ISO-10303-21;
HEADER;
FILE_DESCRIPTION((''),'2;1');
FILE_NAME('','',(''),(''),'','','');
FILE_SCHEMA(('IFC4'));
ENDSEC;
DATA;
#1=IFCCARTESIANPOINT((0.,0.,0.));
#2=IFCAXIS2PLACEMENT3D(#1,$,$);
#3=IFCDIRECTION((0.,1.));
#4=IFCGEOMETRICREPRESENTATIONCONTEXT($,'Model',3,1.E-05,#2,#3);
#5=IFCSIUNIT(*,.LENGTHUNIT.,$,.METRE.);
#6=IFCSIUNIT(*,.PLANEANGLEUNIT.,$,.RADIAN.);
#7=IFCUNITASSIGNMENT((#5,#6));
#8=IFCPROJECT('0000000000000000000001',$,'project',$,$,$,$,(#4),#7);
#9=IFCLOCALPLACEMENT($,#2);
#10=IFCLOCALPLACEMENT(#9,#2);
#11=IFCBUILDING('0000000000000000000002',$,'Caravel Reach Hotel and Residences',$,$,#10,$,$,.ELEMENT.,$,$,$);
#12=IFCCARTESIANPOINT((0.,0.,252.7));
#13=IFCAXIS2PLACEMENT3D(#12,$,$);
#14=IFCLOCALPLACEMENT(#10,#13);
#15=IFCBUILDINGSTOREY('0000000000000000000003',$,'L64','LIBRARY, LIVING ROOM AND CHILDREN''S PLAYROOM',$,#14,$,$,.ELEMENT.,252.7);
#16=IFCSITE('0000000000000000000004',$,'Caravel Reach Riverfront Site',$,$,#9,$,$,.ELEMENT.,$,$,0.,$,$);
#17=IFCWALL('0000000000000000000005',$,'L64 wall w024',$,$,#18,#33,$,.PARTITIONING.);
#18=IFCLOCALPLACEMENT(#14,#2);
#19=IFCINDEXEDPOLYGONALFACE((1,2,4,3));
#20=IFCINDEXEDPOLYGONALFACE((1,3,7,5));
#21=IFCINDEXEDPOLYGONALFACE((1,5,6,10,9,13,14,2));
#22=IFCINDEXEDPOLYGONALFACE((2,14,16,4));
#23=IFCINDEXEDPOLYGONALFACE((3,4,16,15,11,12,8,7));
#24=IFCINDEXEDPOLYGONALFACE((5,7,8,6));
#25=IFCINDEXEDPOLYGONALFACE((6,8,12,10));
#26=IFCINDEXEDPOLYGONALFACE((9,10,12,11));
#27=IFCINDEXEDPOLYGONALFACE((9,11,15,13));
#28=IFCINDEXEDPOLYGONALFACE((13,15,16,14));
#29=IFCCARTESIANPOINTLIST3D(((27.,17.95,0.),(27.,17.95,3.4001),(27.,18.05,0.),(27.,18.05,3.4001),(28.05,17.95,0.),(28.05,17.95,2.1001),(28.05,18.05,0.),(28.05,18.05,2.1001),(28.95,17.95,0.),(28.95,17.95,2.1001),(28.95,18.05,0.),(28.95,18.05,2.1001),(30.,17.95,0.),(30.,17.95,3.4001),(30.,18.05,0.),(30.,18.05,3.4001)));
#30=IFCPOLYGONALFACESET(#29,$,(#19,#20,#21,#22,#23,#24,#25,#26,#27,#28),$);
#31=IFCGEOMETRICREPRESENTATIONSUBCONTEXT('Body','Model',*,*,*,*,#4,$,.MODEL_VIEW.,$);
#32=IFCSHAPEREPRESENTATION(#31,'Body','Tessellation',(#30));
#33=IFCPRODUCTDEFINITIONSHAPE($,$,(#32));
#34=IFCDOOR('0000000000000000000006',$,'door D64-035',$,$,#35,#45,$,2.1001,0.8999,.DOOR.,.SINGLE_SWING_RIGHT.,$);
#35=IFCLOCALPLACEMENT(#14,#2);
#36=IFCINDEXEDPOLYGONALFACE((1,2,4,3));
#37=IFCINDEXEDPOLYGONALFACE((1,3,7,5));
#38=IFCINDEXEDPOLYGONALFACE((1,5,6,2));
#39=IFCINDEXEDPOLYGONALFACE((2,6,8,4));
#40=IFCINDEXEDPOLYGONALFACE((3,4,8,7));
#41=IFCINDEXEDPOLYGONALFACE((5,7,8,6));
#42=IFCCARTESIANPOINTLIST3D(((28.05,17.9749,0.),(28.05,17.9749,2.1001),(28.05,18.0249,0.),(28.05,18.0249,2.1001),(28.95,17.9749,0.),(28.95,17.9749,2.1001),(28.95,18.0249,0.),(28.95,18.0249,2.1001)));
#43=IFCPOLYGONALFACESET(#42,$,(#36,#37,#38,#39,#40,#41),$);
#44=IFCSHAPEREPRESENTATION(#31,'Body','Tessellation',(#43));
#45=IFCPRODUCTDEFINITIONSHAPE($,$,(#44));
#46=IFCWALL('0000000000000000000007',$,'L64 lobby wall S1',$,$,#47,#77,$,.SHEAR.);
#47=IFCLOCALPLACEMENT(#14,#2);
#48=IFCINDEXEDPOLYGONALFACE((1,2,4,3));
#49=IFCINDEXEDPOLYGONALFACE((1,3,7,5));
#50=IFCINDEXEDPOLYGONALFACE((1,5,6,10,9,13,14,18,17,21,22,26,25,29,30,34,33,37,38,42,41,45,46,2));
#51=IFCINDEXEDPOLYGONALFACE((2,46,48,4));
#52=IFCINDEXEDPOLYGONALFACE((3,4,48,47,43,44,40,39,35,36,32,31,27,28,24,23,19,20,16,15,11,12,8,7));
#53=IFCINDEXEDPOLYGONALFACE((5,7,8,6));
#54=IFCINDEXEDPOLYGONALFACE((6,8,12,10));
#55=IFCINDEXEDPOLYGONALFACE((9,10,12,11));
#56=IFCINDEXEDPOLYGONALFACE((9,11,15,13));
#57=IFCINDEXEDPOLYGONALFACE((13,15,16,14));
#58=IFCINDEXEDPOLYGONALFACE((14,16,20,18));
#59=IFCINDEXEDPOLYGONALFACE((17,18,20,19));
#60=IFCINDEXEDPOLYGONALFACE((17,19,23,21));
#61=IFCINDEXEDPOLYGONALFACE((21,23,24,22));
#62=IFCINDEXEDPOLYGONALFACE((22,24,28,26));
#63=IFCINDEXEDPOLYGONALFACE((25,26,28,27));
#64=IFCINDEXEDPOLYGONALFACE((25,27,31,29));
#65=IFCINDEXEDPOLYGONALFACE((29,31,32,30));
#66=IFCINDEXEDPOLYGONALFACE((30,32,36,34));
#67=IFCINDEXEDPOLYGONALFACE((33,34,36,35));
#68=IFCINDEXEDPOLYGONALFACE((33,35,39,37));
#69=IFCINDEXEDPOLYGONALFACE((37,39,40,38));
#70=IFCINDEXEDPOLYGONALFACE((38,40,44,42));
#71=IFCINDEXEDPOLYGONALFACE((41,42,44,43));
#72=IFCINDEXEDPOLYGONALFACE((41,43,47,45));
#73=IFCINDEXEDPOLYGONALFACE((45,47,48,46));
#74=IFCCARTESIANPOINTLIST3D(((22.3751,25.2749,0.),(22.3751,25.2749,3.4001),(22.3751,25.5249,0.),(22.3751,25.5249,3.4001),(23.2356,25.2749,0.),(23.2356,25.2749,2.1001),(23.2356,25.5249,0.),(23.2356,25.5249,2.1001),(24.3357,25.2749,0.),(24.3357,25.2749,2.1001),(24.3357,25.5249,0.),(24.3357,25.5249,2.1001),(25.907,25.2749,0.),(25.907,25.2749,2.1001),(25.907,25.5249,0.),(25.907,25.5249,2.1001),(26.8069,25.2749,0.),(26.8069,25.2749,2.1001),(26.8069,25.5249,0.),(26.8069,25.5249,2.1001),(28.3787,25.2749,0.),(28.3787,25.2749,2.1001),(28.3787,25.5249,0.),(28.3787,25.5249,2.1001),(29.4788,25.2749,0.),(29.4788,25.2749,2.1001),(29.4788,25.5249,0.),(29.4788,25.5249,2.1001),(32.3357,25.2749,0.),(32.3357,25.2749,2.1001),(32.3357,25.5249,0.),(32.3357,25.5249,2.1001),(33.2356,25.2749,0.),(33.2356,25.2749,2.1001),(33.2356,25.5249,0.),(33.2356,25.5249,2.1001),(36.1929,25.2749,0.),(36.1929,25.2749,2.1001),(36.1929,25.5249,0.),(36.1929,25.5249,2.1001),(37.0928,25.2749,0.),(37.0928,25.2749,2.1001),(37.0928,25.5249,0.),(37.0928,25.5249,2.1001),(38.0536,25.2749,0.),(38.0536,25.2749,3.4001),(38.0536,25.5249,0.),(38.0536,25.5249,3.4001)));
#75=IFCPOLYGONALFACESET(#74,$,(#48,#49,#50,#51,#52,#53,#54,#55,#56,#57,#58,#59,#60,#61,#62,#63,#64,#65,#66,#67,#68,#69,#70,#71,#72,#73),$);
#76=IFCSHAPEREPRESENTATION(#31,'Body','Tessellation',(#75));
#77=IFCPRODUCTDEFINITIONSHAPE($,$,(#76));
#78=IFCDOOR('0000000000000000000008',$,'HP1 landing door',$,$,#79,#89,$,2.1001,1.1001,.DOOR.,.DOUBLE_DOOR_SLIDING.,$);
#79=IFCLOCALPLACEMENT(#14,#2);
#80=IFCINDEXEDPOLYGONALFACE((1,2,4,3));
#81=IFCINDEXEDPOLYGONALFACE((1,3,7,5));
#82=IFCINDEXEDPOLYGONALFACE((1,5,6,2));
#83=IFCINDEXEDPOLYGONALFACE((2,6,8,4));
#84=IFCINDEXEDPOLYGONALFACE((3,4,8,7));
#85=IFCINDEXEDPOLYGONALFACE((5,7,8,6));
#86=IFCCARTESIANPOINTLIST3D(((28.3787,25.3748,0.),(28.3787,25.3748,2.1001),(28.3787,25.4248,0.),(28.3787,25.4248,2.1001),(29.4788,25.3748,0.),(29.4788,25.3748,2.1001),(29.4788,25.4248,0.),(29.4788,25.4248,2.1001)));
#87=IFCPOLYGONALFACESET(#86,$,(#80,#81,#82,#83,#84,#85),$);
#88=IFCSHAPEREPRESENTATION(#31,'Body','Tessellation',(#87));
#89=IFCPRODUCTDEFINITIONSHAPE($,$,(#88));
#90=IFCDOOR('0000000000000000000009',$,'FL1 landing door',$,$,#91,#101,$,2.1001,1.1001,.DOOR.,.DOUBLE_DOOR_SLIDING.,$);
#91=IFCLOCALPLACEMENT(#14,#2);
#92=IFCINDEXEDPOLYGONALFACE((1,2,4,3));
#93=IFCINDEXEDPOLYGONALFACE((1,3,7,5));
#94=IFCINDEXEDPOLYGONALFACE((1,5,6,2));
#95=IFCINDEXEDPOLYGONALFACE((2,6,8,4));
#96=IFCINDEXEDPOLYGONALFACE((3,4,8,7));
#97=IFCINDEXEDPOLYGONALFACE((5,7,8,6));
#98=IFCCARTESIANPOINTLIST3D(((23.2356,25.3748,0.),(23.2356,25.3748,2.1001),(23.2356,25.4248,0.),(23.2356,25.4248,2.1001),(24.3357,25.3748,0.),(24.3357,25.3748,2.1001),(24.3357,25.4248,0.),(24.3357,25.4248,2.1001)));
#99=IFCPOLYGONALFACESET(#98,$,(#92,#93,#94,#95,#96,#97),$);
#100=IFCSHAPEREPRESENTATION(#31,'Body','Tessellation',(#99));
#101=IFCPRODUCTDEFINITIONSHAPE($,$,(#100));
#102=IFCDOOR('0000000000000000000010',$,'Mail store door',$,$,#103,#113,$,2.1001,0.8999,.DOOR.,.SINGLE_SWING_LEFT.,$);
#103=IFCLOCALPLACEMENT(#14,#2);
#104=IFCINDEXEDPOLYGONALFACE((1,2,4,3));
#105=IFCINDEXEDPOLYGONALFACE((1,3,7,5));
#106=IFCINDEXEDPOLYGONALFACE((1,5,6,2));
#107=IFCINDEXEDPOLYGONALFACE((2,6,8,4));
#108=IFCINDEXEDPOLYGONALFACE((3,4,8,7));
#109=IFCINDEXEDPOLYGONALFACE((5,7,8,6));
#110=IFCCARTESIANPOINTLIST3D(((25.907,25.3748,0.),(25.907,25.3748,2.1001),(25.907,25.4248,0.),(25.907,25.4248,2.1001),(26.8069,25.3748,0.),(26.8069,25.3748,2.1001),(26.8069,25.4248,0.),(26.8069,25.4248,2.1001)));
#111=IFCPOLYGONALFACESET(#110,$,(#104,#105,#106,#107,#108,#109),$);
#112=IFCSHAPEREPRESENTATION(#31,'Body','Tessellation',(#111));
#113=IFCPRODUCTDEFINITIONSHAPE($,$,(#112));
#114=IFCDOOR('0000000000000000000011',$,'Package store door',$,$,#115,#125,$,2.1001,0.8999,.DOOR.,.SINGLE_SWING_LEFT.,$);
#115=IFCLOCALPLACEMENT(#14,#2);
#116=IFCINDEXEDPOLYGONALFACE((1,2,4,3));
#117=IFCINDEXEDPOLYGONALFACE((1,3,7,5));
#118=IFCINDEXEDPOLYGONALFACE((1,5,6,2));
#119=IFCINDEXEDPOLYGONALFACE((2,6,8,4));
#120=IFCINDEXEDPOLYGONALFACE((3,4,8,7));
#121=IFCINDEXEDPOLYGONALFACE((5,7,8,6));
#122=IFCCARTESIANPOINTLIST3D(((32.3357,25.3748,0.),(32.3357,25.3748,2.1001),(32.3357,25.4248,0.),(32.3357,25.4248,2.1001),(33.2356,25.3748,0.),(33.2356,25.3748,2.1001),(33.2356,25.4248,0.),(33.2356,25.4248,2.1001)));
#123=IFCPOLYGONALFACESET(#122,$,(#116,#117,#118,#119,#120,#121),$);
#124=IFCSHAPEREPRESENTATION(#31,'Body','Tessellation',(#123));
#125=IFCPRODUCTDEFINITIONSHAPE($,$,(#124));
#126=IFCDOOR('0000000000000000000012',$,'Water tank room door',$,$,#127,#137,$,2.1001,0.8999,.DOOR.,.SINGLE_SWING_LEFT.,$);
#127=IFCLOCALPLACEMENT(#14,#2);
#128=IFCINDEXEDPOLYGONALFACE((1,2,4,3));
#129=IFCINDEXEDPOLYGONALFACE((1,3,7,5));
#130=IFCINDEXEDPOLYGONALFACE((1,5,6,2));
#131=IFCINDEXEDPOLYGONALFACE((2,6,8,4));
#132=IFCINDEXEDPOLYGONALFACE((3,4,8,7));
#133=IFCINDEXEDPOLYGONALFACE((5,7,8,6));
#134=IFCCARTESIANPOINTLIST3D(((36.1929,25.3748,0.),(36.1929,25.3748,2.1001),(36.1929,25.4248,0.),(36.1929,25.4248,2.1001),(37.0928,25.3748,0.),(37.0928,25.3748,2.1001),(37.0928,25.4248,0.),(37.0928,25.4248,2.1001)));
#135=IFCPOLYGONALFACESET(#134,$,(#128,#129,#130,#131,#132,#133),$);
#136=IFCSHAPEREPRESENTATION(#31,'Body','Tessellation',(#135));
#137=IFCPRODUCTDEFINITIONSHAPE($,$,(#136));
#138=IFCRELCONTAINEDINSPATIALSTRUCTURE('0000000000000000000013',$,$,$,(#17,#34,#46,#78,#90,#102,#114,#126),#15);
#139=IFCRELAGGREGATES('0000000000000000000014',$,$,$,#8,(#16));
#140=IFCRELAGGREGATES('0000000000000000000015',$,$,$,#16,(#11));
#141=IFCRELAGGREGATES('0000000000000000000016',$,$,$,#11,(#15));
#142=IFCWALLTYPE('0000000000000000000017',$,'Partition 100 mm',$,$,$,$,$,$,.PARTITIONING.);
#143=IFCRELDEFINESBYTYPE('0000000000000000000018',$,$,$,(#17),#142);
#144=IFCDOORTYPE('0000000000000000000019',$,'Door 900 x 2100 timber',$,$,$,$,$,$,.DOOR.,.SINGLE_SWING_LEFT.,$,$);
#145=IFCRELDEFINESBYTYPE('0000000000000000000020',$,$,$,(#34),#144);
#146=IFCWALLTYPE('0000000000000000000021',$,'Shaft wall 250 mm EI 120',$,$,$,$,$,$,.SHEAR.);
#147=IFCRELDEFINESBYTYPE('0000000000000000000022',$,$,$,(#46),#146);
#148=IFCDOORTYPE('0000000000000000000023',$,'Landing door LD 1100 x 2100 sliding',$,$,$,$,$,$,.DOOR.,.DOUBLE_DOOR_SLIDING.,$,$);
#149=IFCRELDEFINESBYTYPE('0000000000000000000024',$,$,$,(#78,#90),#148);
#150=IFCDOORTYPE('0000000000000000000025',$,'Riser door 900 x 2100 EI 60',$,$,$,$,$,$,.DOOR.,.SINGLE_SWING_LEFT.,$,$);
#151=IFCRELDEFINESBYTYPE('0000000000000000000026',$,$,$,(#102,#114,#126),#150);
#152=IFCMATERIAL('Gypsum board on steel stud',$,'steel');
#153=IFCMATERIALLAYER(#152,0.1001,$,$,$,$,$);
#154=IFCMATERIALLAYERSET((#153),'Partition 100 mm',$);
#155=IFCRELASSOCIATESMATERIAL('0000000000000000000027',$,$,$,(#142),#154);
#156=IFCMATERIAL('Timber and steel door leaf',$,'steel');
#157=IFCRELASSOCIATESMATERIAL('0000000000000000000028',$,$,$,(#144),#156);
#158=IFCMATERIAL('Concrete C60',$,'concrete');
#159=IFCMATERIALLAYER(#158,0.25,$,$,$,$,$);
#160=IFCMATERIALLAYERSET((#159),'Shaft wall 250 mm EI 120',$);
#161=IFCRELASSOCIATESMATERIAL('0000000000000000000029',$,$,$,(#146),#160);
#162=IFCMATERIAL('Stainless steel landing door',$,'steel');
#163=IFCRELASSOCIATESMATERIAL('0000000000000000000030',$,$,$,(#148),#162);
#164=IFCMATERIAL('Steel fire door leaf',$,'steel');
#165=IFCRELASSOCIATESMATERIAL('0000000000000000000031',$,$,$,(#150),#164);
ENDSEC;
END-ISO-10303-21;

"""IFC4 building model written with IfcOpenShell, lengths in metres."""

from ifc_helpers import new_model, si_unit, direction, frame, frame_2d, origin, place, context, subcontext, project, spatial, rectangle, extrude, material, layer, layer_set, type_object, element, fill, save


model = new_model("IFC4")

# Units and contexts
model_context = context("Model", 3, precision=1e-05, world=origin(), true_north=direction((0.0, 1.0)))
body_context = subcontext(model_context, "Body", "Model", "MODEL_VIEW")
ifc_project = project(units=[si_unit("LENGTHUNIT", "METRE"), si_unit("PLANEANGLEUNIT", "RADIAN")], contexts=[model_context])

# Site, building, storey
site_placement = place(None, origin())
site = spatial("IfcSite", under=ifc_project, at=site_placement, Name="Caravel Reach Riverfront Site", CompositionType="ELEMENT", RefElevation=0.0)
building_placement = place(site_placement, origin())
building = spatial("IfcBuilding", under=site, at=building_placement, Name="Caravel Reach Hotel and Residences", CompositionType="ELEMENT")
storey_placement = place(building_placement, frame((0.0, 0.0, 252.7)))
storey = spatial("IfcBuildingStorey", under=building, at=storey_placement, Name="L64", Description="LIBRARY, LIVING ROOM AND CHILDREN'S PLAYROOM", CompositionType="ELEMENT", Elevation=252.7)

# Wall, opening, door
ifc_material_1 = material(Name="Gypsum board on steel stud", Category="steel")
ifc_layer_1 = layer(ifc_material_1, 0.1001)
ifc_layer_set_1 = layer_set([ifc_layer_1], Name="Partition 100 mm")
wall_type_1 = type_object("IfcWallType", Name="Partition 100 mm", PredefinedType="PARTITIONING", material=ifc_layer_set_1)
wall_1_placement = place(storey_placement, frame((27.0, 18.0, 0.0), z_axis=(0.0, 0.0, 1.0), x_axis=(1.0, 0.0, 0.0)))
wall_1 = element("IfcWall", 1, at=wall_1_placement, inside=storey, type_object=wall_type_1, Name="L64 wall w024", PredefinedType="PARTITIONING", context=body_context, shape_type="SweptSolid", body=[
    extrude(rectangle(XDim=3.0, YDim=0.1001, at=frame_2d((1.5, 0.0))), origin(), (0.0, 0.0, 1.0), 3.4001),
])
opening_1_placement = place(wall_1_placement, frame((1.05, 0.0, 0.0)))
opening_1 = element("IfcOpeningElement", 2, at=opening_1_placement, cuts=wall_1, PredefinedType="OPENING", context=body_context, shape_type="SweptSolid", body=[
    extrude(rectangle(XDim=0.8999, YDim=2.1001, at=frame_2d((0.45, 1.05))), frame((0.0, 0.0601, 0.0), z_axis=(0.0, -1.0, 0.0), x_axis=(1.0, 0.0, 0.0)), (0.0, 0.0, 1.0), 0.1201),
])
ifc_material_2 = material(Name="Timber and steel door leaf", Category="steel")
door_type_1 = type_object("IfcDoorType", Name="Door 900 x 2100 timber", OperationType="SINGLE_SWING_LEFT", PredefinedType="DOOR", material=ifc_material_2)
door_1_placement = place(opening_1_placement, origin())
door_1 = element("IfcDoor", 3, at=door_1_placement, inside=storey, type_object=door_type_1, Name="door D64-035", OperationType="SINGLE_SWING_RIGHT", OverallHeight=2.1001, OverallWidth=0.8999, PredefinedType="DOOR", context=body_context, shape_type="SweptSolid", body=[
    extrude(rectangle(XDim=0.8999, YDim=2.1001, at=frame_2d((0.45, 1.05))), frame((0.0, 0.0249, 0.0), z_axis=(0.0, -1.0, 0.0), x_axis=(1.0, 0.0, 0.0)), (0.0, 0.0, 1.0), 0.05),
])
fill(opening_1, door_1)

# Wall, openings, doors
ifc_material_3 = material(Name="Concrete C60", Category="concrete")
ifc_layer_2 = layer(ifc_material_3, 0.25)
ifc_layer_set_2 = layer_set([ifc_layer_2], Name="Shaft wall 250 mm EI 120")
wall_type_2 = type_object("IfcWallType", Name="Shaft wall 250 mm EI 120", PredefinedType="SHEAR", material=ifc_layer_set_2)
wall_2_placement = place(storey_placement, frame((22.375, 25.3999, 0.0), z_axis=(0.0, 0.0, 1.0), x_axis=(1.0, 0.0, 0.0)))
wall_2 = element("IfcWall", 4, at=wall_2_placement, inside=storey, type_object=wall_type_2, Name="L64 lobby wall S1", PredefinedType="SHEAR", context=body_context, shape_type="SweptSolid", body=[
    extrude(rectangle(XDim=15.6785, YDim=0.25, at=frame_2d((7.8394, 0.0))), origin(), (0.0, 0.0, 1.0), 3.4001),
])
opening_2_placement = place(wall_2_placement, frame((6.0037, 0.0, 0.0)))
opening_2 = element("IfcOpeningElement", 5, at=opening_2_placement, cuts=wall_2, PredefinedType="OPENING", context=body_context, shape_type="SweptSolid", body=[
    extrude(rectangle(XDim=1.1001, YDim=2.1001, at=frame_2d((0.55, 1.05))), frame((0.0, 0.135, 0.0), z_axis=(0.0, -1.0, 0.0), x_axis=(1.0, 0.0, 0.0)), (0.0, 0.0, 1.0), 0.27),
])
opening_3_placement = place(wall_2_placement, frame((0.8606, 0.0, 0.0)))
opening_3 = element("IfcOpeningElement", 6, at=opening_3_placement, cuts=wall_2, PredefinedType="OPENING", context=body_context, shape_type="SweptSolid", body=[
    extrude(rectangle(XDim=1.1001, YDim=2.1001, at=frame_2d((0.55, 1.05))), frame((0.0, 0.135, 0.0), z_axis=(0.0, -1.0, 0.0), x_axis=(1.0, 0.0, 0.0)), (0.0, 0.0, 1.0), 0.27),
])
opening_4_placement = place(wall_2_placement, frame((3.532, 0.0, 0.0)))
opening_4 = element("IfcOpeningElement", 7, at=opening_4_placement, cuts=wall_2, PredefinedType="OPENING", context=body_context, shape_type="SweptSolid", body=[
    extrude(rectangle(XDim=0.8999, YDim=2.1001, at=frame_2d((0.45, 1.05))), frame((0.0, 0.135, 0.0), z_axis=(0.0, -1.0, 0.0), x_axis=(1.0, 0.0, 0.0)), (0.0, 0.0, 1.0), 0.27),
])
opening_5_placement = place(wall_2_placement, frame((9.9607, 0.0, 0.0)))
opening_5 = element("IfcOpeningElement", 8, at=opening_5_placement, cuts=wall_2, PredefinedType="OPENING", context=body_context, shape_type="SweptSolid", body=[
    extrude(rectangle(XDim=0.8999, YDim=2.1001, at=frame_2d((0.45, 1.05))), frame((0.0, 0.135, 0.0), z_axis=(0.0, -1.0, 0.0), x_axis=(1.0, 0.0, 0.0)), (0.0, 0.0, 1.0), 0.27),
])
opening_6_placement = place(wall_2_placement, frame((13.8179, 0.0, 0.0)))
opening_6 = element("IfcOpeningElement", 9, at=opening_6_placement, cuts=wall_2, PredefinedType="OPENING", context=body_context, shape_type="SweptSolid", body=[
    extrude(rectangle(XDim=0.8999, YDim=2.1001, at=frame_2d((0.45, 1.05))), frame((0.0, 0.135, 0.0), z_axis=(0.0, -1.0, 0.0), x_axis=(1.0, 0.0, 0.0)), (0.0, 0.0, 1.0), 0.27),
])
ifc_material_4 = material(Name="Stainless steel landing door", Category="steel")
door_type_2 = type_object("IfcDoorType", Name="Landing door LD 1100 x 2100 sliding", OperationType="DOUBLE_DOOR_SLIDING", PredefinedType="DOOR", material=ifc_material_4)
door_2_placement = place(opening_2_placement, origin())
door_2 = element("IfcDoor", 10, at=door_2_placement, inside=storey, type_object=door_type_2, Name="HP1 landing door", OperationType="DOUBLE_DOOR_SLIDING", OverallHeight=2.1001, OverallWidth=1.1001, PredefinedType="DOOR", context=body_context, shape_type="SweptSolid", body=[
    extrude(rectangle(XDim=1.1001, YDim=2.1001, at=frame_2d((0.55, 1.05))), frame((0.0, 0.0249, 0.0), z_axis=(0.0, -1.0, 0.0), x_axis=(1.0, 0.0, 0.0)), (0.0, 0.0, 1.0), 0.05),
])
fill(opening_2, door_2)
door_3_placement = place(opening_3_placement, origin())
door_3 = element("IfcDoor", 11, at=door_3_placement, inside=storey, type_object=door_type_2, Name="FL1 landing door", OperationType="DOUBLE_DOOR_SLIDING", OverallHeight=2.1001, OverallWidth=1.1001, PredefinedType="DOOR", context=body_context, shape_type="SweptSolid", body=[
    extrude(rectangle(XDim=1.1001, YDim=2.1001, at=frame_2d((0.55, 1.05))), frame((0.0, 0.0249, 0.0), z_axis=(0.0, -1.0, 0.0), x_axis=(1.0, 0.0, 0.0)), (0.0, 0.0, 1.0), 0.05),
])
fill(opening_3, door_3)
ifc_material_5 = material(Name="Steel fire door leaf", Category="steel")
door_type_3 = type_object("IfcDoorType", Name="Riser door 900 x 2100 EI 60", OperationType="SINGLE_SWING_LEFT", PredefinedType="DOOR", material=ifc_material_5)
door_4_placement = place(opening_4_placement, origin())
door_4 = element("IfcDoor", 12, at=door_4_placement, inside=storey, type_object=door_type_3, Name="Mail store door", OperationType="SINGLE_SWING_LEFT", OverallHeight=2.1001, OverallWidth=0.8999, PredefinedType="DOOR", context=body_context, shape_type="SweptSolid", body=[
    extrude(rectangle(XDim=0.8999, YDim=2.1001, at=frame_2d((0.45, 1.05))), frame((0.0, 0.0249, 0.0), z_axis=(0.0, -1.0, 0.0), x_axis=(1.0, 0.0, 0.0)), (0.0, 0.0, 1.0), 0.05),
])
fill(opening_4, door_4)
door_5_placement = place(opening_5_placement, origin())
door_5 = element("IfcDoor", 13, at=door_5_placement, inside=storey, type_object=door_type_3, Name="Package store door", OperationType="SINGLE_SWING_LEFT", OverallHeight=2.1001, OverallWidth=0.8999, PredefinedType="DOOR", context=body_context, shape_type="SweptSolid", body=[
    extrude(rectangle(XDim=0.8999, YDim=2.1001, at=frame_2d((0.45, 1.05))), frame((0.0, 0.0249, 0.0), z_axis=(0.0, -1.0, 0.0), x_axis=(1.0, 0.0, 0.0)), (0.0, 0.0, 1.0), 0.05),
])
fill(opening_5, door_5)
door_6_placement = place(opening_6_placement, origin())
door_6 = element("IfcDoor", 14, at=door_6_placement, inside=storey, type_object=door_type_3, Name="Water tank room door", OperationType="SINGLE_SWING_LEFT", OverallHeight=2.1001, OverallWidth=0.8999, PredefinedType="DOOR", context=body_context, shape_type="SweptSolid", body=[
    extrude(rectangle(XDim=0.8999, YDim=2.1001, at=frame_2d((0.45, 1.05))), frame((0.0, 0.0249, 0.0), z_axis=(0.0, -1.0, 0.0), x_axis=(1.0, 0.0, 0.0)), (0.0, 0.0, 1.0), 0.05),
])
fill(opening_6, door_6)

save(model, "model.ifc")
